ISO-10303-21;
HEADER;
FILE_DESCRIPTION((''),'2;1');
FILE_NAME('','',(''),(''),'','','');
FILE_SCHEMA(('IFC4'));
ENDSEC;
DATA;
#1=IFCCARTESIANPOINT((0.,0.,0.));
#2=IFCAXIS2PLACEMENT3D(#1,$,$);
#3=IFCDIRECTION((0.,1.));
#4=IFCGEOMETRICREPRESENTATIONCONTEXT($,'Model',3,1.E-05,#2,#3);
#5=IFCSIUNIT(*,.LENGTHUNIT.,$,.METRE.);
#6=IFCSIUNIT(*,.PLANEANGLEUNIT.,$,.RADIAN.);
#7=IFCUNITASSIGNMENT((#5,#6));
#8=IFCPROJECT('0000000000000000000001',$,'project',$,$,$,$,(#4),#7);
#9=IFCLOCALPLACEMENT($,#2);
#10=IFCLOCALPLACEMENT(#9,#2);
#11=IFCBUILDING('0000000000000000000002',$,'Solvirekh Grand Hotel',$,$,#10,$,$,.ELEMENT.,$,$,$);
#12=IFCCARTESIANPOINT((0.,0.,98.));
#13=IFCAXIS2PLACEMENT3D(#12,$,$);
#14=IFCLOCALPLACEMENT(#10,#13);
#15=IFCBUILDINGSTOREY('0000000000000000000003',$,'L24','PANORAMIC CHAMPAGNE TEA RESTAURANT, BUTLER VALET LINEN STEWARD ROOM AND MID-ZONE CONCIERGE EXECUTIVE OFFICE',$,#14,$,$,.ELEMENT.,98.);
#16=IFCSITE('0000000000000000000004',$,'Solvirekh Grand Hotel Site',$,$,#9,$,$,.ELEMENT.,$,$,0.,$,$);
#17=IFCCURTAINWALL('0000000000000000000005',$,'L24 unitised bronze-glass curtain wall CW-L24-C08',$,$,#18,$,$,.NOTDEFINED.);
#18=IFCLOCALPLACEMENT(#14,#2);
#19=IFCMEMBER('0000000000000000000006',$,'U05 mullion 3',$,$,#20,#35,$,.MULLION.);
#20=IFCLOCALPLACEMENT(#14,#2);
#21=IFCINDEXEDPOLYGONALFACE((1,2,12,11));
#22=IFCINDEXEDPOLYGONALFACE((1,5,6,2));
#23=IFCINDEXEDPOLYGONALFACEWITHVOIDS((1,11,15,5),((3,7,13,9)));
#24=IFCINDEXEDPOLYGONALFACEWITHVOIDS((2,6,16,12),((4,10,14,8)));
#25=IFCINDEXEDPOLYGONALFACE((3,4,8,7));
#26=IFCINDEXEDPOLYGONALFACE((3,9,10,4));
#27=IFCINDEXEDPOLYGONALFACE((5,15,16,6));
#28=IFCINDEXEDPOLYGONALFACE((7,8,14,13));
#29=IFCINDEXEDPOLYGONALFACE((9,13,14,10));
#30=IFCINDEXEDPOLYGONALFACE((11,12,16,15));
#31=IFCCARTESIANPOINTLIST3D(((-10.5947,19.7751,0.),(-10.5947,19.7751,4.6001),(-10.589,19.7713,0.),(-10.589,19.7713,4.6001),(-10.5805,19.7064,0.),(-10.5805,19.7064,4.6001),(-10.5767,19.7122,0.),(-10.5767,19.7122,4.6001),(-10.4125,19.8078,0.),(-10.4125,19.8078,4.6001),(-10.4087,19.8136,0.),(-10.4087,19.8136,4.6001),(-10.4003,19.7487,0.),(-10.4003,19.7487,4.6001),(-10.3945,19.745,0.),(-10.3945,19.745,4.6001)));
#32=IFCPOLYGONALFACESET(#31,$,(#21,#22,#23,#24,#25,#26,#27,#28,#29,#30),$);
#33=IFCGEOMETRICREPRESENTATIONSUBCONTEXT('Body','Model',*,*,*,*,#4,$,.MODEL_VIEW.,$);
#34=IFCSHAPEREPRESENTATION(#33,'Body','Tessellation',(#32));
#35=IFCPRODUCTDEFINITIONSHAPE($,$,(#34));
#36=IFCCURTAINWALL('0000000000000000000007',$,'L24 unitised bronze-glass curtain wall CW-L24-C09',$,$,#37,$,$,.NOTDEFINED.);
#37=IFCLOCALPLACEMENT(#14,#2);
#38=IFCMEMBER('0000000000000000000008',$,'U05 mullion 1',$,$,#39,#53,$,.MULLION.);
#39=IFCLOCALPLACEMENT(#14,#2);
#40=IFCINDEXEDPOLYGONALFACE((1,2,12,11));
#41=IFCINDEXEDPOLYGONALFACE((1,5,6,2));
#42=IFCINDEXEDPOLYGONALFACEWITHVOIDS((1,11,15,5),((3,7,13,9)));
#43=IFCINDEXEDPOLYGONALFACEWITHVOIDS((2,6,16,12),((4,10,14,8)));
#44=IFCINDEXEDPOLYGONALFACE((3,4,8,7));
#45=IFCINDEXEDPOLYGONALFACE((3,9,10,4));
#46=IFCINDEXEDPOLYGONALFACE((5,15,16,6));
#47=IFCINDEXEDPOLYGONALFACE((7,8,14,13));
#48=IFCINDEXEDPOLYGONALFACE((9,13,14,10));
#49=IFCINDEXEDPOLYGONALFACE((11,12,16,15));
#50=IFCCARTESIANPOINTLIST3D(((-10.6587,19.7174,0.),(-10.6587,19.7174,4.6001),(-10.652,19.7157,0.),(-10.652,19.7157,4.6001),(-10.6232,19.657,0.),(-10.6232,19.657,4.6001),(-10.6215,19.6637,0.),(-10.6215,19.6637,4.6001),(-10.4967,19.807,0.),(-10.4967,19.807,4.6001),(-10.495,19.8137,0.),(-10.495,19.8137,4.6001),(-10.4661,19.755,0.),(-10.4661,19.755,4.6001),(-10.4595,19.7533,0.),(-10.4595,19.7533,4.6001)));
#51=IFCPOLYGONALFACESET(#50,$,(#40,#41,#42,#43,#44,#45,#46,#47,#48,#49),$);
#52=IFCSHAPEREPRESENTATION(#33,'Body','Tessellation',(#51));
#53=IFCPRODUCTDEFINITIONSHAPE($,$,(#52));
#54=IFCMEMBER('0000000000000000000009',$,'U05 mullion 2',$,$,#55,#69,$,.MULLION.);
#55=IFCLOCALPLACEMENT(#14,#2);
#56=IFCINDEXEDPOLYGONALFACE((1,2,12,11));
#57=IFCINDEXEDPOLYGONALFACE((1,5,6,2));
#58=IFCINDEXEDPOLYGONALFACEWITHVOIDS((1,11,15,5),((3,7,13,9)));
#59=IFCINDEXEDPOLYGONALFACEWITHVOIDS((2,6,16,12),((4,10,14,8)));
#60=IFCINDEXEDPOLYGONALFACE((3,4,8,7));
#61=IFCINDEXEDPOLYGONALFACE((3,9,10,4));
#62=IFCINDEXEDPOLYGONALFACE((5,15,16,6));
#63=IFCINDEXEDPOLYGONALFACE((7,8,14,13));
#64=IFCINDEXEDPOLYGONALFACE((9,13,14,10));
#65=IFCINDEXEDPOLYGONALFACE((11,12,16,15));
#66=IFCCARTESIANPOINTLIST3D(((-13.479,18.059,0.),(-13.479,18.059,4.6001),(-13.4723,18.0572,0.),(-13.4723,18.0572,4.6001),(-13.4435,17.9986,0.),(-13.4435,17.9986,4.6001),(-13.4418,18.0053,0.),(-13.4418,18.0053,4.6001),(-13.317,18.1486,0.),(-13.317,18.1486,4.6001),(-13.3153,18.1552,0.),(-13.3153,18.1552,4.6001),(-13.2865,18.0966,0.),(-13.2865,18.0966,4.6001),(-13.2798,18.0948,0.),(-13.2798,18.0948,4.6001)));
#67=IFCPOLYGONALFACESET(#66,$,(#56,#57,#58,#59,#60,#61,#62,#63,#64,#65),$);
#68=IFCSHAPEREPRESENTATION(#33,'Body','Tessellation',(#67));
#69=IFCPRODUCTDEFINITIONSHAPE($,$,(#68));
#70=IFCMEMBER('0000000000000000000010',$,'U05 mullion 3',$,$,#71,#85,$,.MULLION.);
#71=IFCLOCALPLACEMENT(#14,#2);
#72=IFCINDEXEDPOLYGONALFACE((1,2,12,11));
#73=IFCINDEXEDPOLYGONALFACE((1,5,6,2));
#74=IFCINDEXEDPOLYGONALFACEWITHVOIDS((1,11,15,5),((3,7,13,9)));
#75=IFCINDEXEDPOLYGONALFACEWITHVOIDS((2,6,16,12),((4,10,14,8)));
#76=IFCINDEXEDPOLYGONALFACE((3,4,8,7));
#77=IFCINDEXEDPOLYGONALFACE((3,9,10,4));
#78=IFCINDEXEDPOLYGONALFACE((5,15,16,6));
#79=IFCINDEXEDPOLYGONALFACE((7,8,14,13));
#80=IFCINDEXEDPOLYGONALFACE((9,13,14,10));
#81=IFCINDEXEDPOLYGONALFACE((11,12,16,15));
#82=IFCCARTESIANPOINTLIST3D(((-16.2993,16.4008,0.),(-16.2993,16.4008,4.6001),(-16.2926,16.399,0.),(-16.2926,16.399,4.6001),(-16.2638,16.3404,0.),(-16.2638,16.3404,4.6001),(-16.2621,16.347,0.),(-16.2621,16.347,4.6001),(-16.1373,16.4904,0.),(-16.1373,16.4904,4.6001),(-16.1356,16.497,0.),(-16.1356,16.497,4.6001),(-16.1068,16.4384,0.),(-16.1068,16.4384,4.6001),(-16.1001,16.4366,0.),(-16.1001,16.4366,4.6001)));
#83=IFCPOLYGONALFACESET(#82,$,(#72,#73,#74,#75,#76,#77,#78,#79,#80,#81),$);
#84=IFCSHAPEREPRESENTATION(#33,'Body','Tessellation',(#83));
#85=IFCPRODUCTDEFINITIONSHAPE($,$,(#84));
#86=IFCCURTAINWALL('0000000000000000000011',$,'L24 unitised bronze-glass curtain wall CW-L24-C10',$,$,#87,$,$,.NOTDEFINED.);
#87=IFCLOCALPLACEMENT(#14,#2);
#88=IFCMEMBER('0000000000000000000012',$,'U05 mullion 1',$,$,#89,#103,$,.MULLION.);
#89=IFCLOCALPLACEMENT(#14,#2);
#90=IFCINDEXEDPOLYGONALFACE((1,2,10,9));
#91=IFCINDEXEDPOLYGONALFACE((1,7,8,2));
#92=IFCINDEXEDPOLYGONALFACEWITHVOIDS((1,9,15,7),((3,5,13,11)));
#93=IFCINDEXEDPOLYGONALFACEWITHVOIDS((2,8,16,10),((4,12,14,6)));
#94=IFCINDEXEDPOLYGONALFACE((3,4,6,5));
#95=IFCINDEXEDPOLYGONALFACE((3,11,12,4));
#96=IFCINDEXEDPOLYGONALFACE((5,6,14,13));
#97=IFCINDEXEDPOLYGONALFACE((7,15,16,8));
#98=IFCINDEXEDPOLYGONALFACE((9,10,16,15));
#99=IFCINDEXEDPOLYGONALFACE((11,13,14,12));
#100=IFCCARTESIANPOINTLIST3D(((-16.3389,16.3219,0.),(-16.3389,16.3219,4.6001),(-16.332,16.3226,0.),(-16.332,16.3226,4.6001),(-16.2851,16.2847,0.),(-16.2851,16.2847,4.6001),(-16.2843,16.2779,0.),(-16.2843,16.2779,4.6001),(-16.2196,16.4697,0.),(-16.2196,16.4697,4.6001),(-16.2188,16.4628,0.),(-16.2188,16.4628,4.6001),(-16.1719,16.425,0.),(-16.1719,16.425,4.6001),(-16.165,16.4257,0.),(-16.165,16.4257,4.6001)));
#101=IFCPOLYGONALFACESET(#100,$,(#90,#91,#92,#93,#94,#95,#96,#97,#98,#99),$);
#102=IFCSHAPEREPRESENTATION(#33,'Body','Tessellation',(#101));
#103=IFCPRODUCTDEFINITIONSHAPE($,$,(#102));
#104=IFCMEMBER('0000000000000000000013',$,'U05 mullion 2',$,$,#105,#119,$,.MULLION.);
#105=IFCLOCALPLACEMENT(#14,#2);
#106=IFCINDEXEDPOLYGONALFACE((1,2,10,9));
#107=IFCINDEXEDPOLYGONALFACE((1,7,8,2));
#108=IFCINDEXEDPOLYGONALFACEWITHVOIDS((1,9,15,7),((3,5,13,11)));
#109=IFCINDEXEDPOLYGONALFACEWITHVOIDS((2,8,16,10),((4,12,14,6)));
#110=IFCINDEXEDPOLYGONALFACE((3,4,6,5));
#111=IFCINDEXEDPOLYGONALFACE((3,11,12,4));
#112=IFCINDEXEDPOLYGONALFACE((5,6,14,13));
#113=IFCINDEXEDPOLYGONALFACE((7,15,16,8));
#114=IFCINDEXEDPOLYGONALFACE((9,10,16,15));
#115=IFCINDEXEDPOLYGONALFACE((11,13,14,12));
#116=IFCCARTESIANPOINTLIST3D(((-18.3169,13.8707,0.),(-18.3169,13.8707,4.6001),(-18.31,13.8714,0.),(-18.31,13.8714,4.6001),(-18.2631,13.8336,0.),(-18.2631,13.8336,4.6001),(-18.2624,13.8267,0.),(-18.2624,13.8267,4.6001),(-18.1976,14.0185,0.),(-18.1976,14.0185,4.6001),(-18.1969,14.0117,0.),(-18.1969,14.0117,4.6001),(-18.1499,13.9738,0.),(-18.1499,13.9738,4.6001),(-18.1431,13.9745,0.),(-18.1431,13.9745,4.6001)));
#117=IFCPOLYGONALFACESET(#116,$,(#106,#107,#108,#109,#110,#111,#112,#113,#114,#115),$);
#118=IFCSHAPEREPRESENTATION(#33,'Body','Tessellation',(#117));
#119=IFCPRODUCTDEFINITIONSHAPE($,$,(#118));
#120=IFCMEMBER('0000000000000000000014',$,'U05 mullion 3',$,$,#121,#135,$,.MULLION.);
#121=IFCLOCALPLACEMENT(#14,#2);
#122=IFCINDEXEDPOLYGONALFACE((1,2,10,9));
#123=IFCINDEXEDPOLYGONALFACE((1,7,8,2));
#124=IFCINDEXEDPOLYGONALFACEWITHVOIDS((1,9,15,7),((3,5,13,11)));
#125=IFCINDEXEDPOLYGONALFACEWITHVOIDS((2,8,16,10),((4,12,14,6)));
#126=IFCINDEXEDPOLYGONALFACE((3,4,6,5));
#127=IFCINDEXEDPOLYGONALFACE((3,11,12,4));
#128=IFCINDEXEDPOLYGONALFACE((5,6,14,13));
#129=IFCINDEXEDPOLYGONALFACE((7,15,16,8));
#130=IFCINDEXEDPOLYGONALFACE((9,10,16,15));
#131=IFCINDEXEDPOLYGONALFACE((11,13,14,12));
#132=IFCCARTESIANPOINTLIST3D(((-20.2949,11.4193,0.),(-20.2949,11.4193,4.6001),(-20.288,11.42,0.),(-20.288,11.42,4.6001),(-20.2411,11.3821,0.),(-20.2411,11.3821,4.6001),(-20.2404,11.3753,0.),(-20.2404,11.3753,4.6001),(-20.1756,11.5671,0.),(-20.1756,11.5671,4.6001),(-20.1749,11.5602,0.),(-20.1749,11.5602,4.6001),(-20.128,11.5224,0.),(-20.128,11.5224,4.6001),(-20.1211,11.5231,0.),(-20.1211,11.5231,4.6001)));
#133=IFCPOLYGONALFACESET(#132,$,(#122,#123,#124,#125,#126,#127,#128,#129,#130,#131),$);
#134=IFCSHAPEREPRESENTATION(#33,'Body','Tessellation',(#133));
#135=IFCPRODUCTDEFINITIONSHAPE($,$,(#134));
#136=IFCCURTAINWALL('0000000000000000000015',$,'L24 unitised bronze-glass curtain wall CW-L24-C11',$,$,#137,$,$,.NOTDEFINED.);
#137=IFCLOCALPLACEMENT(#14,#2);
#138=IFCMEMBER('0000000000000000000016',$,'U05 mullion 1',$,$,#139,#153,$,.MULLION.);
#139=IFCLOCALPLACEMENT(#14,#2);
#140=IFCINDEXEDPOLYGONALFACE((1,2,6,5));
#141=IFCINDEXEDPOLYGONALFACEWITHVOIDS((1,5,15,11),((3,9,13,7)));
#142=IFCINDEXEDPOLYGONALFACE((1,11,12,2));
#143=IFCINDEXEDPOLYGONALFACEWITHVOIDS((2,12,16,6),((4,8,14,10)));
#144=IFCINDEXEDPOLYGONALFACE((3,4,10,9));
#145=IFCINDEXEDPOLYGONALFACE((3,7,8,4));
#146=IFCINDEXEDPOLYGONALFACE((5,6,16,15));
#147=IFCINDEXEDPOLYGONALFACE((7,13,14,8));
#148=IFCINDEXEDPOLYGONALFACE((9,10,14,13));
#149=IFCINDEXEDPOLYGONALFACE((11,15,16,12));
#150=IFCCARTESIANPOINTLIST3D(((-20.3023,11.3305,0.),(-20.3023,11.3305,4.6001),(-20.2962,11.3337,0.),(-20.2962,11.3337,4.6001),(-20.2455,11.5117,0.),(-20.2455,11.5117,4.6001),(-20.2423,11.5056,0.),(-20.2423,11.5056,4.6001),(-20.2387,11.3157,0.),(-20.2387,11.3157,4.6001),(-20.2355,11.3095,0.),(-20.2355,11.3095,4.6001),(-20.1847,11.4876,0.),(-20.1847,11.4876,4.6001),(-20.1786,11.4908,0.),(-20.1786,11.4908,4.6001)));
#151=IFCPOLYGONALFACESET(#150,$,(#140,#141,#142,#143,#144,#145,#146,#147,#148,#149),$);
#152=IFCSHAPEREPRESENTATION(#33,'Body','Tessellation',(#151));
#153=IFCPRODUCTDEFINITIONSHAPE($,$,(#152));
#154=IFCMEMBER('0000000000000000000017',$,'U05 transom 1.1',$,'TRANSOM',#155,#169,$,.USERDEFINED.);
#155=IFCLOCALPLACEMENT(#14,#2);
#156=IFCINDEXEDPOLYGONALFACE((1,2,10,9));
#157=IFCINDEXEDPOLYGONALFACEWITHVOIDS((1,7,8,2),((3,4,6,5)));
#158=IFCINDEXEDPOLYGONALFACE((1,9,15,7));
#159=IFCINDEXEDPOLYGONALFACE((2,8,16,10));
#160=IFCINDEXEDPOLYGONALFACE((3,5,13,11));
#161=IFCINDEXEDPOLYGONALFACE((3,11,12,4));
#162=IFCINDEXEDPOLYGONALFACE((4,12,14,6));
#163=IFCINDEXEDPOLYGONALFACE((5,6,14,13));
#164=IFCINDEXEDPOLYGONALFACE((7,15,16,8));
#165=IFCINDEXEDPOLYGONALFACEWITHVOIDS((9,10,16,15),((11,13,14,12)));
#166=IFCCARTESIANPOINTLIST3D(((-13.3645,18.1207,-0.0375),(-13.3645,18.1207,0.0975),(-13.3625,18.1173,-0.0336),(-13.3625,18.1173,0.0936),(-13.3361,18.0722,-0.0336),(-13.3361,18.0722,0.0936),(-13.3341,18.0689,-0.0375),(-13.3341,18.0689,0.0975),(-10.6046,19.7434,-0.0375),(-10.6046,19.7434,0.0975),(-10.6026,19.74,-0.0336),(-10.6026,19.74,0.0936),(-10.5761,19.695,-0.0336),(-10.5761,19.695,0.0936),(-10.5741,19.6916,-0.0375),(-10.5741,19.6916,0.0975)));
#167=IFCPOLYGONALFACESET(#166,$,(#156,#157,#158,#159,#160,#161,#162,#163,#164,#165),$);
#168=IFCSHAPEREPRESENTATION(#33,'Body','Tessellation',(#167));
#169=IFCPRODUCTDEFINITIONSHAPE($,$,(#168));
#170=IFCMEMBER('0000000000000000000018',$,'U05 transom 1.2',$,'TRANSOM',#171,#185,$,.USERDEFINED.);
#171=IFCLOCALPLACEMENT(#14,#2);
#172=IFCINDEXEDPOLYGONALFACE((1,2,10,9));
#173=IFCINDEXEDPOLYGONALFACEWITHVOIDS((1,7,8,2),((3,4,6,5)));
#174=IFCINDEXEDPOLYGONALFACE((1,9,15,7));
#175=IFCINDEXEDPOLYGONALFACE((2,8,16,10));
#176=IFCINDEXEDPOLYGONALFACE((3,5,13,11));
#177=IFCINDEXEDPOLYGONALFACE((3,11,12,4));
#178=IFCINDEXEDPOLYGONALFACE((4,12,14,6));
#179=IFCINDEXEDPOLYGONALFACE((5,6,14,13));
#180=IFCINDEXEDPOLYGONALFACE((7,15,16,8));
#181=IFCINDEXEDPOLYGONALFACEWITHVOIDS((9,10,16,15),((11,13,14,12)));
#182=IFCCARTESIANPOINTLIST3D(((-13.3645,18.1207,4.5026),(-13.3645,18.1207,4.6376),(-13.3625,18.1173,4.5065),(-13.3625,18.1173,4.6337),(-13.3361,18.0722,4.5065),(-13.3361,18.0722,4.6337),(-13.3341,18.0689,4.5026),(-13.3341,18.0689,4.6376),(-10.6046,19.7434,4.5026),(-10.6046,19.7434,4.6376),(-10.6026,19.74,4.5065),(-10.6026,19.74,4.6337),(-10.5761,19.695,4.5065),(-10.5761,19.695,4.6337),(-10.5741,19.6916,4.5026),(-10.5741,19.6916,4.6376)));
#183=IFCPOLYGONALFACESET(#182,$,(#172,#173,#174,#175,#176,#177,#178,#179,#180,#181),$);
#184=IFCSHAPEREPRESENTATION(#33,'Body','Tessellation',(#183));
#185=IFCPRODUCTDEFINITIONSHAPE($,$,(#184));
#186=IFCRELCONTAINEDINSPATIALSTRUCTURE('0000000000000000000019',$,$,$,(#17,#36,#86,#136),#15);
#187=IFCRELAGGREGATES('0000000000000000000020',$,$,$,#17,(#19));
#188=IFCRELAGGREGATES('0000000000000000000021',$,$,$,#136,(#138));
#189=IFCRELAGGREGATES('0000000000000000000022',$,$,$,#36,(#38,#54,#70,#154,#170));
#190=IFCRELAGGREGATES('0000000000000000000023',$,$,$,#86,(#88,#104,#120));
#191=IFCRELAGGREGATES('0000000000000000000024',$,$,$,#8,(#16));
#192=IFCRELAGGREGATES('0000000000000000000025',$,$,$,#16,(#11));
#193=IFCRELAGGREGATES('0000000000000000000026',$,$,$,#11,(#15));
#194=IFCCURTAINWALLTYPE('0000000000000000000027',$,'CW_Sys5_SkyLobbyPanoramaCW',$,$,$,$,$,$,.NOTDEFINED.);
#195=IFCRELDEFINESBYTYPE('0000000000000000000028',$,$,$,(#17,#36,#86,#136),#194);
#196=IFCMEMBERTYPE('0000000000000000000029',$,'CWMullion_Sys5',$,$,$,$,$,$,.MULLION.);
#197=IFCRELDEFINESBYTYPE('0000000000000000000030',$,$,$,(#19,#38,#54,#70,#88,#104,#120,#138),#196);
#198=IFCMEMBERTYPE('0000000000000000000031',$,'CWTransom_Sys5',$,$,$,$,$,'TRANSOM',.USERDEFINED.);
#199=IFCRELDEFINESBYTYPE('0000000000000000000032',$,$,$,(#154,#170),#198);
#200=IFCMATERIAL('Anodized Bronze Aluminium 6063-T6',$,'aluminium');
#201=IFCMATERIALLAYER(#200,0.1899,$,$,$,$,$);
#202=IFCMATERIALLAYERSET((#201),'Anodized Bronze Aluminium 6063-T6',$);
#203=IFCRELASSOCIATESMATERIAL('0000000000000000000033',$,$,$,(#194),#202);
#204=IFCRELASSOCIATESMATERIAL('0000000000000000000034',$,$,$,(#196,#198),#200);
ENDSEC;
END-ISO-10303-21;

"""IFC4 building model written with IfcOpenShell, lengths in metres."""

from ifc_helpers import new_model, si_unit, direction, frame, origin, origin_2d, place, context, subcontext, project, spatial, hollow_rectangle, extrude, source, transform, mapped, material, layer, layer_set, material_profile, profile_set, type_object, element, aggregate, save


model = new_model("IFC4")

# Units and contexts
model_context = context("Model", 3, precision=1e-05, world=origin(), true_north=direction((0.0, 1.0)))
body_context = subcontext(model_context, "Body", "Model", "MODEL_VIEW")
ifc_project = project(units=[si_unit("LENGTHUNIT", "METRE"), si_unit("PLANEANGLEUNIT", "RADIAN")], contexts=[model_context])

# Site, building, storey
site_placement = place(None, origin())
site = spatial("IfcSite", under=ifc_project, at=site_placement, Name="Solvirekh Grand Hotel Site", CompositionType="ELEMENT", RefElevation=0.0)
building_placement = place(site_placement, origin())
building = spatial("IfcBuilding", under=site, at=building_placement, Name="Solvirekh Grand Hotel", CompositionType="ELEMENT")
storey_placement = place(building_placement, frame((0.0, 0.0, 98.0)))
storey = spatial("IfcBuildingStorey", under=building, at=storey_placement, Name="L24", Description="PANORAMIC CHAMPAGNE TEA RESTAURANT, BUTLER VALET LINEN STEWARD ROOM AND MID-ZONE CONCIERGE EXECUTIVE OFFICE", CompositionType="ELEMENT", Elevation=98.0)

# Curtain wall, member
ifc_material_1 = material(Name="Anodized Bronze Aluminium 6063-T6", Category="aluminium")
ifc_layer_1 = layer(ifc_material_1, 0.1899)
ifc_layer_set_1 = layer_set([ifc_layer_1], Name="Anodized Bronze Aluminium 6063-T6")
curtain_wall_type = type_object("IfcCurtainWallType", Name="CW_Sys5_SkyLobbyPanoramaCW", PredefinedType="NOTDEFINED", material=ifc_layer_set_1)
curtain_wall_1_placement = place(storey_placement, origin())
curtain_wall_1 = element("IfcCurtainWall", 1, at=curtain_wall_1_placement, inside=storey, type_object=curtain_wall_type, Name="L24 unitised bronze-glass curtain wall CW-L24-C08", PredefinedType="NOTDEFINED")
ifc_material_profile_1 = material_profile(ifc_material_1, hollow_rectangle(XDim=0.0701, YDim=0.1899, WallThickness=0.0049, at=origin_2d()), Name="ALU RHS 190X70X5")
ifc_profile_set_1 = profile_set([ifc_material_profile_1], Name="Anodized Bronze Aluminium 6063-T6")
member_type_1 = type_object("IfcMemberType", Name="CWMullion_Sys5", PredefinedType="MULLION", material=ifc_profile_set_1)
shared_shape_1 = source(origin(), body_context, "Body", "SweptSolid", [
    extrude(hollow_rectangle(XDim=0.0701, YDim=0.1899, WallThickness=0.0049, at=origin_2d()), origin(), (0.0, 0.0, 1.0), 4.6001),
])
member_1_placement = place(storey_placement, frame((-10.4946, 19.76, 0.0), z_axis=(0.0, 0.0, 1.0), x_axis=(0.202743, -0.979232, 0.0)))
member_1 = element("IfcMember", 2, at=member_1_placement, type_object=member_type_1, Name="U05 mullion 3", PredefinedType="MULLION", context=body_context, shape_type="MappedRepresentation", body=[
    mapped(shared_shape_1, transform((0.0, 0.0, 0.0), x_axis=(1.0, 0.0, 0.0), y_axis=(0.0, 1.0, 0.0), z_axis=(0.0, 0.0, 1.0), scale=1.0)),
])
aggregate(curtain_wall_1, [member_1])

# Curtain walls, members
curtain_wall_2_placement = place(storey_placement, origin())
curtain_wall_2 = element("IfcCurtainWall", 3, at=curtain_wall_2_placement, inside=storey, type_object=curtain_wall_type, Name="L24 unitised bronze-glass curtain wall CW-L24-C09", PredefinedType="NOTDEFINED")
member_2_placement = place(storey_placement, frame((-10.5591, 19.7354, 0.0), z_axis=(0.0, 0.0, 1.0), x_axis=(0.506848, -0.862035, 0.0)))
member_2 = element("IfcMember", 4, at=member_2_placement, type_object=member_type_1, Name="U05 mullion 1", PredefinedType="MULLION", context=body_context, shape_type="MappedRepresentation", body=[
    mapped(shared_shape_1, transform((0.0, 0.0, 0.0), x_axis=(1.0, 0.0, 0.0), y_axis=(0.0, 1.0, 0.0), z_axis=(0.0, 0.0, 1.0), scale=1.0)),
])
member_3_placement = place(storey_placement, frame((-13.3794, 18.0769, 0.0), z_axis=(0.0, 0.0, 1.0), x_axis=(0.506848, -0.862035, 0.0)))
member_3 = element("IfcMember", 5, at=member_3_placement, type_object=member_type_1, Name="U05 mullion 2", PredefinedType="MULLION", context=body_context, shape_type="MappedRepresentation", body=[
    mapped(shared_shape_1, transform((0.0, 0.0, 0.0), x_axis=(1.0, 0.0, 0.0), y_axis=(0.0, 1.0, 0.0), z_axis=(0.0, 0.0, 1.0), scale=1.0)),
])
member_4_placement = place(storey_placement, frame((-16.1997, 16.4187, 0.0), z_axis=(0.0, 0.0, 1.0), x_axis=(0.506848, -0.862035, 0.0)))
member_4 = element("IfcMember", 6, at=member_4_placement, type_object=member_type_1, Name="U05 mullion 3", PredefinedType="MULLION", context=body_context, shape_type="MappedRepresentation", body=[
    mapped(shared_shape_1, transform((0.0, 0.0, 0.0), x_axis=(1.0, 0.0, 0.0), y_axis=(0.0, 1.0, 0.0), z_axis=(0.0, 0.0, 1.0), scale=1.0)),
])
curtain_wall_3_placement = place(storey_placement, origin())
curtain_wall_3 = element("IfcCurtainWall", 7, at=curtain_wall_3_placement, inside=storey, type_object=curtain_wall_type, Name="L24 unitised bronze-glass curtain wall CW-L24-C10", PredefinedType="NOTDEFINED")
member_5_placement = place(storey_placement, frame((-16.252, 16.3738, 0.0), z_axis=(0.0, 0.0, 1.0), x_axis=(0.778227, -0.627983, 0.0)))
member_5 = element("IfcMember", 8, at=member_5_placement, type_object=member_type_1, Name="U05 mullion 1", PredefinedType="MULLION", context=body_context, shape_type="MappedRepresentation", body=[
    mapped(shared_shape_1, transform((0.0, 0.0, 0.0), x_axis=(1.0, 0.0, 0.0), y_axis=(0.0, 1.0, 0.0), z_axis=(0.0, 0.0, 1.0), scale=1.0)),
])
member_6_placement = place(storey_placement, frame((-18.23, 13.9226, 0.0), z_axis=(0.0, 0.0, 1.0), x_axis=(0.778227, -0.627983, 0.0)))
member_6 = element("IfcMember", 9, at=member_6_placement, type_object=member_type_1, Name="U05 mullion 2", PredefinedType="MULLION", context=body_context, shape_type="MappedRepresentation", body=[
    mapped(shared_shape_1, transform((0.0, 0.0, 0.0), x_axis=(1.0, 0.0, 0.0), y_axis=(0.0, 1.0, 0.0), z_axis=(0.0, 0.0, 1.0), scale=1.0)),
])
member_7_placement = place(storey_placement, frame((-20.208, 11.4712, 0.0), z_axis=(0.0, 0.0, 1.0), x_axis=(0.778227, -0.627983, 0.0)))
member_7 = element("IfcMember", 10, at=member_7_placement, type_object=member_type_1, Name="U05 mullion 3", PredefinedType="MULLION", context=body_context, shape_type="MappedRepresentation", body=[
    mapped(shared_shape_1, transform((0.0, 0.0, 0.0), x_axis=(1.0, 0.0, 0.0), y_axis=(0.0, 1.0, 0.0), z_axis=(0.0, 0.0, 1.0), scale=1.0)),
])

# Curtain wall, member
curtain_wall_4_placement = place(storey_placement, origin())
curtain_wall_4 = element("IfcCurtainWall", 11, at=curtain_wall_4_placement, inside=storey, type_object=curtain_wall_type, Name="L24 unitised bronze-glass curtain wall CW-L24-C11", PredefinedType="NOTDEFINED")
member_8_placement = place(storey_placement, frame((-20.2405, 11.4106, 0.0), z_axis=(0.0, 0.0, 1.0), x_axis=(0.954169, -0.299267, 0.0)))
member_8 = element("IfcMember", 12, at=member_8_placement, type_object=member_type_1, Name="U05 mullion 1", PredefinedType="MULLION", context=body_context, shape_type="MappedRepresentation", body=[
    mapped(shared_shape_1, transform((0.0, 0.0, 0.0), x_axis=(1.0, 0.0, 0.0), y_axis=(0.0, 1.0, 0.0), z_axis=(0.0, 0.0, 1.0), scale=1.0)),
])
aggregate(curtain_wall_4, [member_8])

# Members
ifc_material_profile_2 = material_profile(ifc_material_1, hollow_rectangle(XDim=0.0601, YDim=0.135, WallThickness=0.0039, at=origin_2d()), Name="ALU RHS 135X60X4")
ifc_profile_set_2 = profile_set([ifc_material_profile_2], Name="Anodized Bronze Aluminium 6063-T6")
member_type_2 = type_object("IfcMemberType", Name="CWTransom_Sys5", ElementType="TRANSOM", PredefinedType="USERDEFINED", material=ifc_profile_set_2)
shared_shape_2 = source(origin(), body_context, "Body", "SweptSolid", [
    extrude(hollow_rectangle(XDim=0.0601, YDim=0.135, WallThickness=0.0039, at=origin_2d()), origin(), (0.0, 0.0, 1.0), 3.2017),
])
member_9_placement = place(storey_placement, frame((-10.5894, 19.7175, 0.03), z_axis=(-0.862034, -0.50685, 0.0), x_axis=(0.50685, -0.862034, 0.0)))
member_9 = element("IfcMember", 13, at=member_9_placement, type_object=member_type_2, Name="U05 transom 1.1", ObjectType="TRANSOM", PredefinedType="USERDEFINED", context=body_context, shape_type="MappedRepresentation", body=[
    mapped(shared_shape_2, transform((0.0, 0.0, 0.0), x_axis=(1.0, 0.0, 0.0), y_axis=(0.0, 1.0, 0.0), z_axis=(0.0, 0.0, 1.0), scale=1.0)),
])
member_10_placement = place(storey_placement, frame((-10.5894, 19.7175, 4.5701), z_axis=(-0.862034, -0.50685, 0.0), x_axis=(0.50685, -0.862034, 0.0)))
member_10 = element("IfcMember", 14, at=member_10_placement, type_object=member_type_2, Name="U05 transom 1.2", ObjectType="TRANSOM", PredefinedType="USERDEFINED", context=body_context, shape_type="MappedRepresentation", body=[
    mapped(shared_shape_2, transform((0.0, 0.0, 0.0), x_axis=(1.0, 0.0, 0.0), y_axis=(0.0, 1.0, 0.0), z_axis=(0.0, 0.0, 1.0), scale=1.0)),
])

aggregate(curtain_wall_2, [member_2, member_3, member_4, member_9, member_10])
aggregate(curtain_wall_3, [member_5, member_6, member_7])

save(model, "model.ifc")
